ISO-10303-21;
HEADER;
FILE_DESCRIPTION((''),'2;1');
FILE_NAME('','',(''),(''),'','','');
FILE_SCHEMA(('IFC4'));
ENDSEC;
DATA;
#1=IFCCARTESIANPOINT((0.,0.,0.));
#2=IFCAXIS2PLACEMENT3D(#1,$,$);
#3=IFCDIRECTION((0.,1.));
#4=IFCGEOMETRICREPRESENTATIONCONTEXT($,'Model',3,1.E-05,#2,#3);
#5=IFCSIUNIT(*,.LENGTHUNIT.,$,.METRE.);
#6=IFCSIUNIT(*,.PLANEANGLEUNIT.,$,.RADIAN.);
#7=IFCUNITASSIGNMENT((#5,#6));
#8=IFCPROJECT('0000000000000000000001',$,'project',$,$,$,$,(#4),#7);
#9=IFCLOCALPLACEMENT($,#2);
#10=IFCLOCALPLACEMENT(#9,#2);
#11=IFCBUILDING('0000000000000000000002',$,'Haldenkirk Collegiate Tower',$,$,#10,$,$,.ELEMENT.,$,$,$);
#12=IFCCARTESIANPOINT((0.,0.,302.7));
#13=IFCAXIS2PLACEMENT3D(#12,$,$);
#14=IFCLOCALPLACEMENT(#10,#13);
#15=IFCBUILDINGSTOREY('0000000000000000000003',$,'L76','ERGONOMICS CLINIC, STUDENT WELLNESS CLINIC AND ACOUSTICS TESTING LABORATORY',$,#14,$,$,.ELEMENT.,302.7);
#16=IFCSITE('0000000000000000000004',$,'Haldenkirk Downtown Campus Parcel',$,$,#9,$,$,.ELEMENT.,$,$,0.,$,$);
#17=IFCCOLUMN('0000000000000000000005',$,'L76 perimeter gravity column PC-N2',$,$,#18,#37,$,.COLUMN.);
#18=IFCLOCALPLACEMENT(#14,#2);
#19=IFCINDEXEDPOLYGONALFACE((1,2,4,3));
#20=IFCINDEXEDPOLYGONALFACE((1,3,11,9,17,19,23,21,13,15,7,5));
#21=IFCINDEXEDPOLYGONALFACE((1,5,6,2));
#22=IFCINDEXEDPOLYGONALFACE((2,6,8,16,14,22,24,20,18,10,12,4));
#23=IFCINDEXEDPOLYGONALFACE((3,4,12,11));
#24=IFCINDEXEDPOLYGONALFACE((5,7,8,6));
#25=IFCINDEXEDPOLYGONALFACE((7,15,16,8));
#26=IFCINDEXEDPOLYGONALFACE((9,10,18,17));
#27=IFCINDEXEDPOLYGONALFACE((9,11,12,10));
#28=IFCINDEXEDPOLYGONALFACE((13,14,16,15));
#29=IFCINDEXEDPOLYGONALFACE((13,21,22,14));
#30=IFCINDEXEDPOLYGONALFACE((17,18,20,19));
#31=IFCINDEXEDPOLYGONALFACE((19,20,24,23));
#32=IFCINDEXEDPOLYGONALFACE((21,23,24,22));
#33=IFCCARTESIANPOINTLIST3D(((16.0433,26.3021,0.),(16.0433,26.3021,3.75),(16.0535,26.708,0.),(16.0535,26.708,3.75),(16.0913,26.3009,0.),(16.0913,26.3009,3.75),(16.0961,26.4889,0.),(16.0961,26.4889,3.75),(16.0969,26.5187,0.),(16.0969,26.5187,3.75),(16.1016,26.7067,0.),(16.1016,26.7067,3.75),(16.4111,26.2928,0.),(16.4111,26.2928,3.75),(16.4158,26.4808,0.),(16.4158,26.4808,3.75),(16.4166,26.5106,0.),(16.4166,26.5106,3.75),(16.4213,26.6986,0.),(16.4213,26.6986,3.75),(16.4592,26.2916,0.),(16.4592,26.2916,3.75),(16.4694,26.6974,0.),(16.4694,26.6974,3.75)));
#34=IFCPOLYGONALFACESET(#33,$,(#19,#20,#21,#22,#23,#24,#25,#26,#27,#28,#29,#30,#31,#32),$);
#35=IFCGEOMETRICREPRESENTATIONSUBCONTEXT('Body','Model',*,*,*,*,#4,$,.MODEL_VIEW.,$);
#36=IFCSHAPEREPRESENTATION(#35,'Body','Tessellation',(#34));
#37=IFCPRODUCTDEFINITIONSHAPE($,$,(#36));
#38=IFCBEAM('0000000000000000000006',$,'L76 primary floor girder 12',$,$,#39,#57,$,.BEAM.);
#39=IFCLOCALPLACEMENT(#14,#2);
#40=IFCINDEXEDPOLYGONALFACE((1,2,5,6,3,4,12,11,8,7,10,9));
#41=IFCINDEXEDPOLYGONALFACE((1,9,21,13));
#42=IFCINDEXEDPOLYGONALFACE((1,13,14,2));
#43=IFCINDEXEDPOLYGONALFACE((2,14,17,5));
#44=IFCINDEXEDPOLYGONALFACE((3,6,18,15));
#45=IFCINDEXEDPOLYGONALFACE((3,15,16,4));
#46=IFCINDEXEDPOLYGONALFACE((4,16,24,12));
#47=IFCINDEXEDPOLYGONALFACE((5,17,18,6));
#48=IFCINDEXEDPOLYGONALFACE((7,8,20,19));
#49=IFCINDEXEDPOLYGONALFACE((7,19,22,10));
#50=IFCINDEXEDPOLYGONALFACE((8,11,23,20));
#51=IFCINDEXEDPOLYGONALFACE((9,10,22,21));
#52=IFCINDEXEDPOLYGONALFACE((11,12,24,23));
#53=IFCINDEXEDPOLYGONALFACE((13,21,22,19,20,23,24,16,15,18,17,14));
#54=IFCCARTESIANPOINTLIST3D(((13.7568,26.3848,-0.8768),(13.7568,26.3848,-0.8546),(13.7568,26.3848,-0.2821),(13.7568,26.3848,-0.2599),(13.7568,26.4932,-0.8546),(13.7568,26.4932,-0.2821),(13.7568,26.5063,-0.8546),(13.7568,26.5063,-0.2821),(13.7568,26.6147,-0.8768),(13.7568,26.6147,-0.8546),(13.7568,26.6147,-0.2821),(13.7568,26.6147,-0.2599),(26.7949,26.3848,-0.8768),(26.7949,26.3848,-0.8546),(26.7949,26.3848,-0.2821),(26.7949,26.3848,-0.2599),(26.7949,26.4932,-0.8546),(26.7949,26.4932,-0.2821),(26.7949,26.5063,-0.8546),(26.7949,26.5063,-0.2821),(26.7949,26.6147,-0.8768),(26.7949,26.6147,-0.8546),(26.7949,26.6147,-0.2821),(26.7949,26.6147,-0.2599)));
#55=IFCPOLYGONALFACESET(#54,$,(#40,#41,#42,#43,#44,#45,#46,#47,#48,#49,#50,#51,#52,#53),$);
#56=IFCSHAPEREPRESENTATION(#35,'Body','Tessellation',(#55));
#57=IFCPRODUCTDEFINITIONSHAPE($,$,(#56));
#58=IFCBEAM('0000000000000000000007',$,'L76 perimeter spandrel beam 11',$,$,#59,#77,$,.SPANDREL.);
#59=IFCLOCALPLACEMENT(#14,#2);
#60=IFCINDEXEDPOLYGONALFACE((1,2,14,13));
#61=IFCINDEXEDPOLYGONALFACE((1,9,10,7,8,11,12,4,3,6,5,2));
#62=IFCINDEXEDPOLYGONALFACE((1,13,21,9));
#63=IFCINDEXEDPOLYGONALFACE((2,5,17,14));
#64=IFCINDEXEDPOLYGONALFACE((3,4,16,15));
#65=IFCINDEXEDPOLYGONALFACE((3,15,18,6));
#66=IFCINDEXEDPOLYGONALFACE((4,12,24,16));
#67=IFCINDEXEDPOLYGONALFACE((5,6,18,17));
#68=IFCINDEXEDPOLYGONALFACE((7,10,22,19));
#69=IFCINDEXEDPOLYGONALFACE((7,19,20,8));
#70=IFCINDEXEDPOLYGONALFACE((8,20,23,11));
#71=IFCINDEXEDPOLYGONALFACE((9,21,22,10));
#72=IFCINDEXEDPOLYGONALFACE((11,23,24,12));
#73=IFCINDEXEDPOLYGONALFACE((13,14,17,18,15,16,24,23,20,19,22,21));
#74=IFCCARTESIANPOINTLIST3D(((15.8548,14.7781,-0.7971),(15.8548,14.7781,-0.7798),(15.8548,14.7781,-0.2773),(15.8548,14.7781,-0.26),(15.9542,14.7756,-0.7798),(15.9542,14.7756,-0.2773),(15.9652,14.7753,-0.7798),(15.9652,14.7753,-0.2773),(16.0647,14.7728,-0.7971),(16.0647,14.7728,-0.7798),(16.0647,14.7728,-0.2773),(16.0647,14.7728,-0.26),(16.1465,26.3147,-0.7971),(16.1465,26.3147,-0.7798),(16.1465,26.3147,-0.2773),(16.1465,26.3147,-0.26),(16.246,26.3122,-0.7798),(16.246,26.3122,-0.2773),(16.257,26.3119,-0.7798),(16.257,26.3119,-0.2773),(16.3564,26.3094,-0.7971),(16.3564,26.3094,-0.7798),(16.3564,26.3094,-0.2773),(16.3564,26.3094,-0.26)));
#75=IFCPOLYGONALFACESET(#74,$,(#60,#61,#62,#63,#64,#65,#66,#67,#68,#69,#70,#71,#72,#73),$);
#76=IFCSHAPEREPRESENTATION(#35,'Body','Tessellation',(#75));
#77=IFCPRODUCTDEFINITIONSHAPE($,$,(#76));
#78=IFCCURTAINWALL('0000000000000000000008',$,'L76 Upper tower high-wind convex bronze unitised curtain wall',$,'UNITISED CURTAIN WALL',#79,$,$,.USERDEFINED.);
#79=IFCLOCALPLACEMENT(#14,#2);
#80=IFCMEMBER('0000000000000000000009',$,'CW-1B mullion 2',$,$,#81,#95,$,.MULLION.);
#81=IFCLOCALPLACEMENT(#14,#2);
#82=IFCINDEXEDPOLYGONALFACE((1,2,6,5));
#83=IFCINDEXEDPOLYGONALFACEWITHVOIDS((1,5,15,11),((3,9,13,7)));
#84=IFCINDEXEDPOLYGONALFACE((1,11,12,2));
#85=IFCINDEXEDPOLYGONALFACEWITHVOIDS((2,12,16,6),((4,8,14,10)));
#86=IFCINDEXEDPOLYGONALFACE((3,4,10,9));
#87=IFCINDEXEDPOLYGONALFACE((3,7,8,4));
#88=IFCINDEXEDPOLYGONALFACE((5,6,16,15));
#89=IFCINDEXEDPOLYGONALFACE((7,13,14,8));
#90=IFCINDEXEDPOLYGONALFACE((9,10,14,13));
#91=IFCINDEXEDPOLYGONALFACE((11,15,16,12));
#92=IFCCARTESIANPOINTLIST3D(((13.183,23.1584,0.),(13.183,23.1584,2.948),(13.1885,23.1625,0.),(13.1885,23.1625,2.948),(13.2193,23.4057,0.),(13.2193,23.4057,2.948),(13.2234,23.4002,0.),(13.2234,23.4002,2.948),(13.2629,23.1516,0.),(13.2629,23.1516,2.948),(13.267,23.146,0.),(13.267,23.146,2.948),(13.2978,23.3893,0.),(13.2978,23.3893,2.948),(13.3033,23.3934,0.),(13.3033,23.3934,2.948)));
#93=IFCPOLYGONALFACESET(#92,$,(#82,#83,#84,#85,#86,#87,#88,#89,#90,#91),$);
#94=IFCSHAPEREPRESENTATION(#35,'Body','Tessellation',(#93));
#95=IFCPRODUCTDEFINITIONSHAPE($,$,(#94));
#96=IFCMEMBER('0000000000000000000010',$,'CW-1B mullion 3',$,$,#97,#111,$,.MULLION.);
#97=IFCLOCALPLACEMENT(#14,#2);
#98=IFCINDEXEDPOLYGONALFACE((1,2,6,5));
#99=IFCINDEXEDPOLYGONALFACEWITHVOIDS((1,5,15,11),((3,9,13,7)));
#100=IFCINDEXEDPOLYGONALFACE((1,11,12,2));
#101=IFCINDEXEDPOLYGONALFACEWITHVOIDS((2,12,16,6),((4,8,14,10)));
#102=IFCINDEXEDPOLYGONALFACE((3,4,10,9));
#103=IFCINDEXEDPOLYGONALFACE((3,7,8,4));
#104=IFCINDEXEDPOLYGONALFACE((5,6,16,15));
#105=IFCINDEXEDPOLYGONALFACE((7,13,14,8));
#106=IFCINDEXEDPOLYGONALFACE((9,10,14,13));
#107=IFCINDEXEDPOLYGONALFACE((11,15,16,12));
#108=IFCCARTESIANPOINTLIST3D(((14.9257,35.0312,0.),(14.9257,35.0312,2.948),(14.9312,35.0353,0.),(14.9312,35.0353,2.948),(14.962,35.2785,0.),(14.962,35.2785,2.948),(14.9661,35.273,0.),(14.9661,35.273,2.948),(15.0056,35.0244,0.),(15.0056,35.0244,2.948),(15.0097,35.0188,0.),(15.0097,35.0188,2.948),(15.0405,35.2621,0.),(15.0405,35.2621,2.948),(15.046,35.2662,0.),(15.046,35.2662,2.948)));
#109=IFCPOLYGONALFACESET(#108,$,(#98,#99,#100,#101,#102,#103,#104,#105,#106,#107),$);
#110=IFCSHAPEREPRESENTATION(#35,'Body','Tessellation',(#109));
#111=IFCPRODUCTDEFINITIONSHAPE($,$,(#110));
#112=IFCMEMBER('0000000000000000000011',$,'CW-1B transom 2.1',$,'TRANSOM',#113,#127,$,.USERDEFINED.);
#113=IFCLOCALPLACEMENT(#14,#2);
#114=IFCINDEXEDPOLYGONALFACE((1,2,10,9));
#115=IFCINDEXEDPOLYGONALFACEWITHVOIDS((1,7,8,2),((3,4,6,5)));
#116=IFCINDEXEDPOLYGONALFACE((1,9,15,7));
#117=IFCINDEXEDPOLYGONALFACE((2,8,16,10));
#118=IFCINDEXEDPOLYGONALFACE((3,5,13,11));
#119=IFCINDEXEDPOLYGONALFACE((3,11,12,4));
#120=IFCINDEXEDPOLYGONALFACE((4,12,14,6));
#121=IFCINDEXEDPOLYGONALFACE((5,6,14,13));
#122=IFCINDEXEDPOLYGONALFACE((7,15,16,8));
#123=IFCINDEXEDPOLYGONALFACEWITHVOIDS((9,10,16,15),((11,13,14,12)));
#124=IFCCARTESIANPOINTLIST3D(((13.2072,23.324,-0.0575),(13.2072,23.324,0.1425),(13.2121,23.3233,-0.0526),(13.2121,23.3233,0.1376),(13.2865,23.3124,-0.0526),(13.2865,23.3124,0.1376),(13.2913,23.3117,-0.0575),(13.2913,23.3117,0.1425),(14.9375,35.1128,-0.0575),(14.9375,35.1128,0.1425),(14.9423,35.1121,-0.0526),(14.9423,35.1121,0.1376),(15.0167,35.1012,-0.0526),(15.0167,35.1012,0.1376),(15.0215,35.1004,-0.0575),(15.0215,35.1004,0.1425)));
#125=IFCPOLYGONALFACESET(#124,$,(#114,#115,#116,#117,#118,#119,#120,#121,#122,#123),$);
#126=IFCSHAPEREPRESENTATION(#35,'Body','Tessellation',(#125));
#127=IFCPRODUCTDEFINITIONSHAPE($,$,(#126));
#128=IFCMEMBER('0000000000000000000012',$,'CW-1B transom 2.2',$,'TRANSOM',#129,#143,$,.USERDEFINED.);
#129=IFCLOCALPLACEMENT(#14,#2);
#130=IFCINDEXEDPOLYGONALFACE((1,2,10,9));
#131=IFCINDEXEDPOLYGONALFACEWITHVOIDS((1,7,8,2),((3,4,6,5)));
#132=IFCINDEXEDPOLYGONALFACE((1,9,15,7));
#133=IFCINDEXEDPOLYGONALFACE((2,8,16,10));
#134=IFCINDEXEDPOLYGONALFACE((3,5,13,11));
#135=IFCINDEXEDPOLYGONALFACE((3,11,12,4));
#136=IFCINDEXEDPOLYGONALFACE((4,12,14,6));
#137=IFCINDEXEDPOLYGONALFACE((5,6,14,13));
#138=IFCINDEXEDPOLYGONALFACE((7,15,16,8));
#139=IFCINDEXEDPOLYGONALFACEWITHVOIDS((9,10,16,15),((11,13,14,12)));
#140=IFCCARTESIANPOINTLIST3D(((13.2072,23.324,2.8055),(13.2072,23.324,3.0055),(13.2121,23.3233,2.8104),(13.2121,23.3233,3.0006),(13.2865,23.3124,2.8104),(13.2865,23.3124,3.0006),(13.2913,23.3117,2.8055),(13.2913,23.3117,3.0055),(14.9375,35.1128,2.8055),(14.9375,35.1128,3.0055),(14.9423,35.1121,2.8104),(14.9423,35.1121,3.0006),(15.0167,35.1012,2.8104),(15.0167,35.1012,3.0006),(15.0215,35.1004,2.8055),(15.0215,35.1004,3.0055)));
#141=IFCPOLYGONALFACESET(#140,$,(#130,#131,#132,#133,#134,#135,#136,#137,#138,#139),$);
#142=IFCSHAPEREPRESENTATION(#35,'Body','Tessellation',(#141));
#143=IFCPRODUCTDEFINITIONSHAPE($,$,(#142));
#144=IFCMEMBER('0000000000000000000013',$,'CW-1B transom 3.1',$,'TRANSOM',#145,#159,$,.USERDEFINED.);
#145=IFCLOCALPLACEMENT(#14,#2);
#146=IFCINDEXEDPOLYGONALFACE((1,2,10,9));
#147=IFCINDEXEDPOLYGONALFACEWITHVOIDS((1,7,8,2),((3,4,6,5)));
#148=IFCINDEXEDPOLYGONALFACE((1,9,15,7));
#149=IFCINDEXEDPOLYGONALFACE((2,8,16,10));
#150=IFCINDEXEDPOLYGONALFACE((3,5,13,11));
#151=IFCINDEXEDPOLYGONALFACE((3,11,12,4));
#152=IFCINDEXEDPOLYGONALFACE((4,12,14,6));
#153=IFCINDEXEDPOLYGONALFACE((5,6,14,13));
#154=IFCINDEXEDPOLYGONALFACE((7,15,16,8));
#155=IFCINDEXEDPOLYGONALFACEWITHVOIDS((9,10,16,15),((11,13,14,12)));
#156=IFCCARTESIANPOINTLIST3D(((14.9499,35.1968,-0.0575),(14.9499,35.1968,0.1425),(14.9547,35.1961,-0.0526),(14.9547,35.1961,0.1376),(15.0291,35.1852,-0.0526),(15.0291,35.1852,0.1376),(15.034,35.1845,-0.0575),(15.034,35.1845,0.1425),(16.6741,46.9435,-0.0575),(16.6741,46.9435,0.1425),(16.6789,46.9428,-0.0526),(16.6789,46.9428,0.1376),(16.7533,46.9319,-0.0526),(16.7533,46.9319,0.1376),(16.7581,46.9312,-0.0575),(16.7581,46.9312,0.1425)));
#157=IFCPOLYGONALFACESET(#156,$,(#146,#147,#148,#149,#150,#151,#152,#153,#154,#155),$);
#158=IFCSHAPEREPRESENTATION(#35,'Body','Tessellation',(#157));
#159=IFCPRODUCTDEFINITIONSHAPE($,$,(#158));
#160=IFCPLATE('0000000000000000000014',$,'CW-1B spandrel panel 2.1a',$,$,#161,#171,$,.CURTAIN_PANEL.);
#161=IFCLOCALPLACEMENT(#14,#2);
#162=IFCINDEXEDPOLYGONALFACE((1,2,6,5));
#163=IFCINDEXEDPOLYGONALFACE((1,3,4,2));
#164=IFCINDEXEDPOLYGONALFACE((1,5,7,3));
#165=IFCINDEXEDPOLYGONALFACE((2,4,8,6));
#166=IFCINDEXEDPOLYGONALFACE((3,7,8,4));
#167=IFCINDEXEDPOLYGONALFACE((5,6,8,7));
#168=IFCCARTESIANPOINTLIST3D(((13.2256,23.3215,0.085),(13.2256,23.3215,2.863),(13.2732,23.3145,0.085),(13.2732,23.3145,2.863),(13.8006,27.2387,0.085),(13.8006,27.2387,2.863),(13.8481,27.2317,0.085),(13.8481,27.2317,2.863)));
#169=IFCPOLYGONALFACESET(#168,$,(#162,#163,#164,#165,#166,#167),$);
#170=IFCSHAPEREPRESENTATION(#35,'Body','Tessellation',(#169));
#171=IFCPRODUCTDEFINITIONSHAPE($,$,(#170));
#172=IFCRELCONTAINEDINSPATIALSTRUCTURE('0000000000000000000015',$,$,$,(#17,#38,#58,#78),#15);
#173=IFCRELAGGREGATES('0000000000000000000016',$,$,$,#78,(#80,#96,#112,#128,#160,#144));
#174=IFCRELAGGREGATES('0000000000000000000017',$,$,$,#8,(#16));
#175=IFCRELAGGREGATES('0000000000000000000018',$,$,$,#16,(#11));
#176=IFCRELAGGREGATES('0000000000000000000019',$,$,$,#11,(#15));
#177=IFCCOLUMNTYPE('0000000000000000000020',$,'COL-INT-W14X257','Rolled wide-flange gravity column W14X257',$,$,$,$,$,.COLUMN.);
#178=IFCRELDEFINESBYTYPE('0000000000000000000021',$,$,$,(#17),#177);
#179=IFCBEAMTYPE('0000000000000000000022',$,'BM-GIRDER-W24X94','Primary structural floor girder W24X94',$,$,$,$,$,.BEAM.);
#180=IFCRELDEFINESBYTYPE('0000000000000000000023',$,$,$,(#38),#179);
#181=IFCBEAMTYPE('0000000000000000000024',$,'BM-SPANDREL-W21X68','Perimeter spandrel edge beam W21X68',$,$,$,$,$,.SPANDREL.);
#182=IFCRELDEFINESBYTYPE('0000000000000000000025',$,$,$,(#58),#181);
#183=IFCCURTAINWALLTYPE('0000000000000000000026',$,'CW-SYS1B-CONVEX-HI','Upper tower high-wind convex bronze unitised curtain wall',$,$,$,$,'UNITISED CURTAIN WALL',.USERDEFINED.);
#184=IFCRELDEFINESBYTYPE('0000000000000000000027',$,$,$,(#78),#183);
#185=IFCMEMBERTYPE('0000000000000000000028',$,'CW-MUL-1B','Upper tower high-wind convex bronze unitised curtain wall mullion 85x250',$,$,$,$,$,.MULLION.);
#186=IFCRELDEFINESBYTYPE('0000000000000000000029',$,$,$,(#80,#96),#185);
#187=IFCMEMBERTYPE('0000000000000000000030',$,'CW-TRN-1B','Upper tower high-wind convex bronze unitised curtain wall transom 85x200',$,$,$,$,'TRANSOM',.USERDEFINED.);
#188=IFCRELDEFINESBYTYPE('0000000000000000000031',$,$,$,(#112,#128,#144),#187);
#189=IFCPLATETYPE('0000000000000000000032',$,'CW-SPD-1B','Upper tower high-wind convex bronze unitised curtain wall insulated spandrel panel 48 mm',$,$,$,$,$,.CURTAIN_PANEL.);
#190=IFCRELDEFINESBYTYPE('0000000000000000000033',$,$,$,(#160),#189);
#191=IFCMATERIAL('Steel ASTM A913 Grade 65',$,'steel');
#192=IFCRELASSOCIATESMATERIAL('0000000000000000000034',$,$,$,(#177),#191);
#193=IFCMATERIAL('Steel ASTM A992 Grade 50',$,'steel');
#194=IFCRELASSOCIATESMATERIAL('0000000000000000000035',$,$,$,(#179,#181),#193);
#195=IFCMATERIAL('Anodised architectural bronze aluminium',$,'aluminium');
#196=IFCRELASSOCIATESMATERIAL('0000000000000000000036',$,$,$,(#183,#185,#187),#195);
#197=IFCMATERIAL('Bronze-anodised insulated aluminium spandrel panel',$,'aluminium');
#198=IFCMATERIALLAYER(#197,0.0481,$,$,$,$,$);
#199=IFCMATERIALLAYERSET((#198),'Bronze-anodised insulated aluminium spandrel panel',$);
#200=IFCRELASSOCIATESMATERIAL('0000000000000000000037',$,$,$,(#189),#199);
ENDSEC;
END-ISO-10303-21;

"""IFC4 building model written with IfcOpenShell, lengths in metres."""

from ifc_helpers import new_model, si_unit, direction, frame, origin, origin_2d, place, context, subcontext, project, spatial, rectangle, hollow_rectangle, i_section, extrude, source, transform, mapped, material, layer, layer_set, material_profile, profile_set, type_object, element, aggregate, save


model = new_model("IFC4")

# Units and contexts
model_context = context("Model", 3, precision=1e-05, world=origin(), true_north=direction((0.0, 1.0)))
body_context = subcontext(model_context, "Body", "Model", "MODEL_VIEW")
ifc_project = project(units=[si_unit("LENGTHUNIT", "METRE"), si_unit("PLANEANGLEUNIT", "RADIAN")], contexts=[model_context])

# Site, building, storey
site_placement = place(None, origin())
site = spatial("IfcSite", under=ifc_project, at=site_placement, Name="Haldenkirk Downtown Campus Parcel", CompositionType="ELEMENT", RefElevation=0.0)
building_placement = place(site_placement, origin())
building = spatial("IfcBuilding", under=site, at=building_placement, Name="Haldenkirk Collegiate Tower", CompositionType="ELEMENT")
storey_placement = place(building_placement, frame((0.0, 0.0, 302.7)))
storey = spatial("IfcBuildingStorey", under=building, at=storey_placement, Name="L76", Description="ERGONOMICS CLINIC, STUDENT WELLNESS CLINIC AND ACOUSTICS TESTING LABORATORY", CompositionType="ELEMENT", Elevation=302.7)

# Column
ifc_material_1 = material(Name="Steel ASTM A913 Grade 65", Category="steel")
ifc_material_profile_1 = material_profile(ifc_material_1, i_section(OverallWidth=0.406, OverallDepth=0.416, WebThickness=0.0298, FlangeThickness=0.0481, at=origin_2d()), Name="W14X257")
ifc_profile_set_1 = profile_set([ifc_material_profile_1], Name="Steel ASTM A913 Grade 65")
column_type = type_object("IfcColumnType", Name="COL-INT-W14X257", Description="Rolled wide-flange gravity column W14X257", PredefinedType="COLUMN", material=ifc_profile_set_1)
column_placement = place(storey_placement, frame((16.2563, 26.4998, 0.0), z_axis=(0.0, 0.0, 1.0), x_axis=(0.025305, 0.99968, 0.0)))
element("IfcColumn", 1, at=column_placement, inside=storey, type_object=column_type, Name="L76 perimeter gravity column PC-N2", PredefinedType="COLUMN", context=body_context, shape_type="SweptSolid", body=[
    extrude(i_section(OverallWidth=0.406, OverallDepth=0.416, WebThickness=0.0298, FlangeThickness=0.0481, at=origin_2d()), origin(), (0.0, 0.0, 1.0), 3.75),
])

# Beams
ifc_material_2 = material(Name="Steel ASTM A992 Grade 50", Category="steel")
ifc_material_profile_2 = material_profile(ifc_material_2, i_section(OverallWidth=0.23, OverallDepth=0.6169, WebThickness=0.0132, FlangeThickness=0.0222, at=origin_2d()), Name="W24X94")
ifc_profile_set_2 = profile_set([ifc_material_profile_2], Name="Steel ASTM A992 Grade 50")
beam_type_1 = type_object("IfcBeamType", Name="BM-GIRDER-W24X94", Description="Primary structural floor girder W24X94", PredefinedType="BEAM", material=ifc_profile_set_2)
beam_1_placement = place(storey_placement, frame((13.7568, 26.4998, -0.5684), z_axis=(1.0, 0.0, 0.0), x_axis=(0.0, 1.0, 0.0)))
element("IfcBeam", 2, at=beam_1_placement, inside=storey, type_object=beam_type_1, Name="L76 primary floor girder 12", PredefinedType="BEAM", context=body_context, shape_type="SweptSolid", body=[
    extrude(i_section(OverallWidth=0.23, OverallDepth=0.6169, WebThickness=0.0132, FlangeThickness=0.0222, at=origin_2d()), origin(), (0.0, 0.0, 1.0), 13.0381),
])
ifc_material_profile_3 = material_profile(ifc_material_2, i_section(OverallWidth=0.21, OverallDepth=0.5371, WebThickness=0.011, FlangeThickness=0.0173, at=origin_2d()), Name="W21X68")
ifc_profile_set_3 = profile_set([ifc_material_profile_3], Name="Steel ASTM A992 Grade 50")
beam_type_2 = type_object("IfcBeamType", Name="BM-SPANDREL-W21X68", Description="Perimeter spandrel edge beam W21X68", PredefinedType="SPANDREL", material=ifc_profile_set_3)
beam_2_placement = place(storey_placement, frame((16.2515, 26.312, -0.5286), z_axis=(-0.025281, -0.99968, 0.0), x_axis=(0.99968, -0.025281, 0.0)))
element("IfcBeam", 3, at=beam_2_placement, inside=storey, type_object=beam_type_2, Name="L76 perimeter spandrel beam 11", PredefinedType="SPANDREL", context=body_context, shape_type="SweptSolid", body=[
    extrude(i_section(OverallWidth=0.21, OverallDepth=0.5371, WebThickness=0.011, FlangeThickness=0.0173, at=origin_2d()), origin(), (0.0, 0.0, 1.0), 11.5403),
])

# Curtain wall, members, plate
ifc_material_3 = material(Name="Anodised architectural bronze aluminium", Category="aluminium")
curtain_wall_type = type_object("IfcCurtainWallType", Name="CW-SYS1B-CONVEX-HI", Description="Upper tower high-wind convex bronze unitised curtain wall", ElementType="UNITISED CURTAIN WALL", PredefinedType="USERDEFINED", material=ifc_material_3)
curtain_wall_placement = place(storey_placement, origin())
curtain_wall = element("IfcCurtainWall", 4, at=curtain_wall_placement, inside=storey, type_object=curtain_wall_type, Name="L76 Upper tower high-wind convex bronze unitised curtain wall", ObjectType="UNITISED CURTAIN WALL", PredefinedType="USERDEFINED")
ifc_material_profile_4 = material_profile(ifc_material_3, hollow_rectangle(XDim=0.085, YDim=0.25, WallThickness=0.0049, at=origin_2d()), Name="CW-MUL-1B")
ifc_profile_set_4 = profile_set([ifc_material_profile_4], Name="Anodised architectural bronze aluminium")
member_type_1 = type_object("IfcMemberType", Name="CW-MUL-1B", Description="Upper tower high-wind convex bronze unitised curtain wall mullion 85x250", PredefinedType="MULLION", material=ifc_profile_set_4)
member_1_placement = place(storey_placement, frame((13.2432, 23.2759, 0.0), z_axis=(0.0, 0.0, 1.0), x_axis=(-0.989399, 0.14522, 0.0)))
member_1 = element("IfcMember", 5, at=member_1_placement, type_object=member_type_1, Name="CW-1B mullion 2", PredefinedType="MULLION", context=body_context, shape_type="SweptSolid", body=[
    extrude(hollow_rectangle(XDim=0.085, YDim=0.25, WallThickness=0.0049, at=origin_2d()), origin(), (0.0, 0.0, 1.0), 2.948),
])
member_2_placement = place(storey_placement, frame((14.9858, 35.1487, 0.0), z_axis=(0.0, 0.0, 1.0), x_axis=(-0.989399, 0.14522, 0.0)))
member_2 = element("IfcMember", 6, at=member_2_placement, type_object=member_type_1, Name="CW-1B mullion 3", PredefinedType="MULLION", context=body_context, shape_type="SweptSolid", body=[
    extrude(hollow_rectangle(XDim=0.085, YDim=0.25, WallThickness=0.0049, at=origin_2d()), origin(), (0.0, 0.0, 1.0), 2.948),
])
ifc_material_profile_5 = material_profile(ifc_material_3, hollow_rectangle(XDim=0.085, YDim=0.2, WallThickness=0.0049, at=origin_2d()), Name="CW-TRN-1B")
ifc_profile_set_5 = profile_set([ifc_material_profile_5], Name="Anodised architectural bronze aluminium")
member_type_2 = type_object("IfcMemberType", Name="CW-TRN-1B", Description="Upper tower high-wind convex bronze unitised curtain wall transom 85x200", ElementType="TRANSOM", PredefinedType="USERDEFINED", material=ifc_profile_set_5)
member_3_placement = place(storey_placement, frame((13.2493, 23.3179, 0.0425), z_axis=(0.145213, 0.9894, 0.0), x_axis=(-0.9894, 0.145213, 0.0)))
member_3 = element("IfcMember", 7, at=member_3_placement, type_object=member_type_2, Name="CW-1B transom 2.1", ObjectType="TRANSOM", PredefinedType="USERDEFINED", context=body_context, shape_type="SweptSolid", body=[
    extrude(hollow_rectangle(XDim=0.085, YDim=0.2, WallThickness=0.0049, at=origin_2d()), origin(), (0.0, 0.0, 1.0), 11.915),
])
member_4_placement = place(storey_placement, frame((13.2493, 23.3179, 2.9055), z_axis=(0.145213, 0.9894, 0.0), x_axis=(-0.9894, 0.145213, 0.0)))
member_4 = element("IfcMember", 8, at=member_4_placement, type_object=member_type_2, Name="CW-1B transom 2.2", ObjectType="TRANSOM", PredefinedType="USERDEFINED", context=body_context, shape_type="SweptSolid", body=[
    extrude(hollow_rectangle(XDim=0.085, YDim=0.2, WallThickness=0.0049, at=origin_2d()), origin(), (0.0, 0.0, 1.0), 11.915),
])
member_5_placement = place(storey_placement, frame((14.9919, 35.1907, 0.0425), z_axis=(0.14522, 0.989399, 0.0), x_axis=(-0.989399, 0.14522, 0.0)))
member_5 = element("IfcMember", 9, at=member_5_placement, type_object=member_type_2, Name="CW-1B transom 3.1", ObjectType="TRANSOM", PredefinedType="USERDEFINED", context=body_context, shape_type="SweptSolid", body=[
    extrude(hollow_rectangle(XDim=0.085, YDim=0.2, WallThickness=0.0049, at=origin_2d()), origin(), (0.0, 0.0, 1.0), 11.8726),
])
ifc_material_4 = material(Name="Bronze-anodised insulated aluminium spandrel panel", Category="aluminium")
ifc_layer_1 = layer(ifc_material_4, 0.0481)
ifc_layer_set_1 = layer_set([ifc_layer_1], Name="Bronze-anodised insulated aluminium spandrel panel")
plate_type = type_object("IfcPlateType", Name="CW-SPD-1B", Description="Upper tower high-wind convex bronze unitised curtain wall insulated spandrel panel 48 mm", PredefinedType="CURTAIN_PANEL", material=ifc_layer_set_1)
shared_shape_1 = source(origin(), body_context, "Body", "SweptSolid", [
    extrude(rectangle(XDim=3.9592, YDim=0.0481, at=origin_2d()), origin(), (0.0, 0.0, 1.0), 2.7781),
])
plate_1_placement = place(storey_placement, frame((13.5369, 25.2766, 0.085), z_axis=(0.0, 0.0, 1.0), x_axis=(0.14522, 0.989399, 0.0)))
plate_1 = element("IfcPlate", 10, at=plate_1_placement, type_object=plate_type, Name="CW-1B spandrel panel 2.1a", PredefinedType="CURTAIN_PANEL", context=body_context, shape_type="MappedRepresentation", body=[
    mapped(shared_shape_1, transform((0.0, 0.0, 0.0), x_axis=(1.0, 0.0, 0.0), y_axis=(0.0, 1.0, 0.0), z_axis=(0.0, 0.0, 1.0), scale=1.0)),
])
aggregate(curtain_wall, [member_1, member_2, member_3, member_4, plate_1, member_5])

save(model, "model.ifc")
